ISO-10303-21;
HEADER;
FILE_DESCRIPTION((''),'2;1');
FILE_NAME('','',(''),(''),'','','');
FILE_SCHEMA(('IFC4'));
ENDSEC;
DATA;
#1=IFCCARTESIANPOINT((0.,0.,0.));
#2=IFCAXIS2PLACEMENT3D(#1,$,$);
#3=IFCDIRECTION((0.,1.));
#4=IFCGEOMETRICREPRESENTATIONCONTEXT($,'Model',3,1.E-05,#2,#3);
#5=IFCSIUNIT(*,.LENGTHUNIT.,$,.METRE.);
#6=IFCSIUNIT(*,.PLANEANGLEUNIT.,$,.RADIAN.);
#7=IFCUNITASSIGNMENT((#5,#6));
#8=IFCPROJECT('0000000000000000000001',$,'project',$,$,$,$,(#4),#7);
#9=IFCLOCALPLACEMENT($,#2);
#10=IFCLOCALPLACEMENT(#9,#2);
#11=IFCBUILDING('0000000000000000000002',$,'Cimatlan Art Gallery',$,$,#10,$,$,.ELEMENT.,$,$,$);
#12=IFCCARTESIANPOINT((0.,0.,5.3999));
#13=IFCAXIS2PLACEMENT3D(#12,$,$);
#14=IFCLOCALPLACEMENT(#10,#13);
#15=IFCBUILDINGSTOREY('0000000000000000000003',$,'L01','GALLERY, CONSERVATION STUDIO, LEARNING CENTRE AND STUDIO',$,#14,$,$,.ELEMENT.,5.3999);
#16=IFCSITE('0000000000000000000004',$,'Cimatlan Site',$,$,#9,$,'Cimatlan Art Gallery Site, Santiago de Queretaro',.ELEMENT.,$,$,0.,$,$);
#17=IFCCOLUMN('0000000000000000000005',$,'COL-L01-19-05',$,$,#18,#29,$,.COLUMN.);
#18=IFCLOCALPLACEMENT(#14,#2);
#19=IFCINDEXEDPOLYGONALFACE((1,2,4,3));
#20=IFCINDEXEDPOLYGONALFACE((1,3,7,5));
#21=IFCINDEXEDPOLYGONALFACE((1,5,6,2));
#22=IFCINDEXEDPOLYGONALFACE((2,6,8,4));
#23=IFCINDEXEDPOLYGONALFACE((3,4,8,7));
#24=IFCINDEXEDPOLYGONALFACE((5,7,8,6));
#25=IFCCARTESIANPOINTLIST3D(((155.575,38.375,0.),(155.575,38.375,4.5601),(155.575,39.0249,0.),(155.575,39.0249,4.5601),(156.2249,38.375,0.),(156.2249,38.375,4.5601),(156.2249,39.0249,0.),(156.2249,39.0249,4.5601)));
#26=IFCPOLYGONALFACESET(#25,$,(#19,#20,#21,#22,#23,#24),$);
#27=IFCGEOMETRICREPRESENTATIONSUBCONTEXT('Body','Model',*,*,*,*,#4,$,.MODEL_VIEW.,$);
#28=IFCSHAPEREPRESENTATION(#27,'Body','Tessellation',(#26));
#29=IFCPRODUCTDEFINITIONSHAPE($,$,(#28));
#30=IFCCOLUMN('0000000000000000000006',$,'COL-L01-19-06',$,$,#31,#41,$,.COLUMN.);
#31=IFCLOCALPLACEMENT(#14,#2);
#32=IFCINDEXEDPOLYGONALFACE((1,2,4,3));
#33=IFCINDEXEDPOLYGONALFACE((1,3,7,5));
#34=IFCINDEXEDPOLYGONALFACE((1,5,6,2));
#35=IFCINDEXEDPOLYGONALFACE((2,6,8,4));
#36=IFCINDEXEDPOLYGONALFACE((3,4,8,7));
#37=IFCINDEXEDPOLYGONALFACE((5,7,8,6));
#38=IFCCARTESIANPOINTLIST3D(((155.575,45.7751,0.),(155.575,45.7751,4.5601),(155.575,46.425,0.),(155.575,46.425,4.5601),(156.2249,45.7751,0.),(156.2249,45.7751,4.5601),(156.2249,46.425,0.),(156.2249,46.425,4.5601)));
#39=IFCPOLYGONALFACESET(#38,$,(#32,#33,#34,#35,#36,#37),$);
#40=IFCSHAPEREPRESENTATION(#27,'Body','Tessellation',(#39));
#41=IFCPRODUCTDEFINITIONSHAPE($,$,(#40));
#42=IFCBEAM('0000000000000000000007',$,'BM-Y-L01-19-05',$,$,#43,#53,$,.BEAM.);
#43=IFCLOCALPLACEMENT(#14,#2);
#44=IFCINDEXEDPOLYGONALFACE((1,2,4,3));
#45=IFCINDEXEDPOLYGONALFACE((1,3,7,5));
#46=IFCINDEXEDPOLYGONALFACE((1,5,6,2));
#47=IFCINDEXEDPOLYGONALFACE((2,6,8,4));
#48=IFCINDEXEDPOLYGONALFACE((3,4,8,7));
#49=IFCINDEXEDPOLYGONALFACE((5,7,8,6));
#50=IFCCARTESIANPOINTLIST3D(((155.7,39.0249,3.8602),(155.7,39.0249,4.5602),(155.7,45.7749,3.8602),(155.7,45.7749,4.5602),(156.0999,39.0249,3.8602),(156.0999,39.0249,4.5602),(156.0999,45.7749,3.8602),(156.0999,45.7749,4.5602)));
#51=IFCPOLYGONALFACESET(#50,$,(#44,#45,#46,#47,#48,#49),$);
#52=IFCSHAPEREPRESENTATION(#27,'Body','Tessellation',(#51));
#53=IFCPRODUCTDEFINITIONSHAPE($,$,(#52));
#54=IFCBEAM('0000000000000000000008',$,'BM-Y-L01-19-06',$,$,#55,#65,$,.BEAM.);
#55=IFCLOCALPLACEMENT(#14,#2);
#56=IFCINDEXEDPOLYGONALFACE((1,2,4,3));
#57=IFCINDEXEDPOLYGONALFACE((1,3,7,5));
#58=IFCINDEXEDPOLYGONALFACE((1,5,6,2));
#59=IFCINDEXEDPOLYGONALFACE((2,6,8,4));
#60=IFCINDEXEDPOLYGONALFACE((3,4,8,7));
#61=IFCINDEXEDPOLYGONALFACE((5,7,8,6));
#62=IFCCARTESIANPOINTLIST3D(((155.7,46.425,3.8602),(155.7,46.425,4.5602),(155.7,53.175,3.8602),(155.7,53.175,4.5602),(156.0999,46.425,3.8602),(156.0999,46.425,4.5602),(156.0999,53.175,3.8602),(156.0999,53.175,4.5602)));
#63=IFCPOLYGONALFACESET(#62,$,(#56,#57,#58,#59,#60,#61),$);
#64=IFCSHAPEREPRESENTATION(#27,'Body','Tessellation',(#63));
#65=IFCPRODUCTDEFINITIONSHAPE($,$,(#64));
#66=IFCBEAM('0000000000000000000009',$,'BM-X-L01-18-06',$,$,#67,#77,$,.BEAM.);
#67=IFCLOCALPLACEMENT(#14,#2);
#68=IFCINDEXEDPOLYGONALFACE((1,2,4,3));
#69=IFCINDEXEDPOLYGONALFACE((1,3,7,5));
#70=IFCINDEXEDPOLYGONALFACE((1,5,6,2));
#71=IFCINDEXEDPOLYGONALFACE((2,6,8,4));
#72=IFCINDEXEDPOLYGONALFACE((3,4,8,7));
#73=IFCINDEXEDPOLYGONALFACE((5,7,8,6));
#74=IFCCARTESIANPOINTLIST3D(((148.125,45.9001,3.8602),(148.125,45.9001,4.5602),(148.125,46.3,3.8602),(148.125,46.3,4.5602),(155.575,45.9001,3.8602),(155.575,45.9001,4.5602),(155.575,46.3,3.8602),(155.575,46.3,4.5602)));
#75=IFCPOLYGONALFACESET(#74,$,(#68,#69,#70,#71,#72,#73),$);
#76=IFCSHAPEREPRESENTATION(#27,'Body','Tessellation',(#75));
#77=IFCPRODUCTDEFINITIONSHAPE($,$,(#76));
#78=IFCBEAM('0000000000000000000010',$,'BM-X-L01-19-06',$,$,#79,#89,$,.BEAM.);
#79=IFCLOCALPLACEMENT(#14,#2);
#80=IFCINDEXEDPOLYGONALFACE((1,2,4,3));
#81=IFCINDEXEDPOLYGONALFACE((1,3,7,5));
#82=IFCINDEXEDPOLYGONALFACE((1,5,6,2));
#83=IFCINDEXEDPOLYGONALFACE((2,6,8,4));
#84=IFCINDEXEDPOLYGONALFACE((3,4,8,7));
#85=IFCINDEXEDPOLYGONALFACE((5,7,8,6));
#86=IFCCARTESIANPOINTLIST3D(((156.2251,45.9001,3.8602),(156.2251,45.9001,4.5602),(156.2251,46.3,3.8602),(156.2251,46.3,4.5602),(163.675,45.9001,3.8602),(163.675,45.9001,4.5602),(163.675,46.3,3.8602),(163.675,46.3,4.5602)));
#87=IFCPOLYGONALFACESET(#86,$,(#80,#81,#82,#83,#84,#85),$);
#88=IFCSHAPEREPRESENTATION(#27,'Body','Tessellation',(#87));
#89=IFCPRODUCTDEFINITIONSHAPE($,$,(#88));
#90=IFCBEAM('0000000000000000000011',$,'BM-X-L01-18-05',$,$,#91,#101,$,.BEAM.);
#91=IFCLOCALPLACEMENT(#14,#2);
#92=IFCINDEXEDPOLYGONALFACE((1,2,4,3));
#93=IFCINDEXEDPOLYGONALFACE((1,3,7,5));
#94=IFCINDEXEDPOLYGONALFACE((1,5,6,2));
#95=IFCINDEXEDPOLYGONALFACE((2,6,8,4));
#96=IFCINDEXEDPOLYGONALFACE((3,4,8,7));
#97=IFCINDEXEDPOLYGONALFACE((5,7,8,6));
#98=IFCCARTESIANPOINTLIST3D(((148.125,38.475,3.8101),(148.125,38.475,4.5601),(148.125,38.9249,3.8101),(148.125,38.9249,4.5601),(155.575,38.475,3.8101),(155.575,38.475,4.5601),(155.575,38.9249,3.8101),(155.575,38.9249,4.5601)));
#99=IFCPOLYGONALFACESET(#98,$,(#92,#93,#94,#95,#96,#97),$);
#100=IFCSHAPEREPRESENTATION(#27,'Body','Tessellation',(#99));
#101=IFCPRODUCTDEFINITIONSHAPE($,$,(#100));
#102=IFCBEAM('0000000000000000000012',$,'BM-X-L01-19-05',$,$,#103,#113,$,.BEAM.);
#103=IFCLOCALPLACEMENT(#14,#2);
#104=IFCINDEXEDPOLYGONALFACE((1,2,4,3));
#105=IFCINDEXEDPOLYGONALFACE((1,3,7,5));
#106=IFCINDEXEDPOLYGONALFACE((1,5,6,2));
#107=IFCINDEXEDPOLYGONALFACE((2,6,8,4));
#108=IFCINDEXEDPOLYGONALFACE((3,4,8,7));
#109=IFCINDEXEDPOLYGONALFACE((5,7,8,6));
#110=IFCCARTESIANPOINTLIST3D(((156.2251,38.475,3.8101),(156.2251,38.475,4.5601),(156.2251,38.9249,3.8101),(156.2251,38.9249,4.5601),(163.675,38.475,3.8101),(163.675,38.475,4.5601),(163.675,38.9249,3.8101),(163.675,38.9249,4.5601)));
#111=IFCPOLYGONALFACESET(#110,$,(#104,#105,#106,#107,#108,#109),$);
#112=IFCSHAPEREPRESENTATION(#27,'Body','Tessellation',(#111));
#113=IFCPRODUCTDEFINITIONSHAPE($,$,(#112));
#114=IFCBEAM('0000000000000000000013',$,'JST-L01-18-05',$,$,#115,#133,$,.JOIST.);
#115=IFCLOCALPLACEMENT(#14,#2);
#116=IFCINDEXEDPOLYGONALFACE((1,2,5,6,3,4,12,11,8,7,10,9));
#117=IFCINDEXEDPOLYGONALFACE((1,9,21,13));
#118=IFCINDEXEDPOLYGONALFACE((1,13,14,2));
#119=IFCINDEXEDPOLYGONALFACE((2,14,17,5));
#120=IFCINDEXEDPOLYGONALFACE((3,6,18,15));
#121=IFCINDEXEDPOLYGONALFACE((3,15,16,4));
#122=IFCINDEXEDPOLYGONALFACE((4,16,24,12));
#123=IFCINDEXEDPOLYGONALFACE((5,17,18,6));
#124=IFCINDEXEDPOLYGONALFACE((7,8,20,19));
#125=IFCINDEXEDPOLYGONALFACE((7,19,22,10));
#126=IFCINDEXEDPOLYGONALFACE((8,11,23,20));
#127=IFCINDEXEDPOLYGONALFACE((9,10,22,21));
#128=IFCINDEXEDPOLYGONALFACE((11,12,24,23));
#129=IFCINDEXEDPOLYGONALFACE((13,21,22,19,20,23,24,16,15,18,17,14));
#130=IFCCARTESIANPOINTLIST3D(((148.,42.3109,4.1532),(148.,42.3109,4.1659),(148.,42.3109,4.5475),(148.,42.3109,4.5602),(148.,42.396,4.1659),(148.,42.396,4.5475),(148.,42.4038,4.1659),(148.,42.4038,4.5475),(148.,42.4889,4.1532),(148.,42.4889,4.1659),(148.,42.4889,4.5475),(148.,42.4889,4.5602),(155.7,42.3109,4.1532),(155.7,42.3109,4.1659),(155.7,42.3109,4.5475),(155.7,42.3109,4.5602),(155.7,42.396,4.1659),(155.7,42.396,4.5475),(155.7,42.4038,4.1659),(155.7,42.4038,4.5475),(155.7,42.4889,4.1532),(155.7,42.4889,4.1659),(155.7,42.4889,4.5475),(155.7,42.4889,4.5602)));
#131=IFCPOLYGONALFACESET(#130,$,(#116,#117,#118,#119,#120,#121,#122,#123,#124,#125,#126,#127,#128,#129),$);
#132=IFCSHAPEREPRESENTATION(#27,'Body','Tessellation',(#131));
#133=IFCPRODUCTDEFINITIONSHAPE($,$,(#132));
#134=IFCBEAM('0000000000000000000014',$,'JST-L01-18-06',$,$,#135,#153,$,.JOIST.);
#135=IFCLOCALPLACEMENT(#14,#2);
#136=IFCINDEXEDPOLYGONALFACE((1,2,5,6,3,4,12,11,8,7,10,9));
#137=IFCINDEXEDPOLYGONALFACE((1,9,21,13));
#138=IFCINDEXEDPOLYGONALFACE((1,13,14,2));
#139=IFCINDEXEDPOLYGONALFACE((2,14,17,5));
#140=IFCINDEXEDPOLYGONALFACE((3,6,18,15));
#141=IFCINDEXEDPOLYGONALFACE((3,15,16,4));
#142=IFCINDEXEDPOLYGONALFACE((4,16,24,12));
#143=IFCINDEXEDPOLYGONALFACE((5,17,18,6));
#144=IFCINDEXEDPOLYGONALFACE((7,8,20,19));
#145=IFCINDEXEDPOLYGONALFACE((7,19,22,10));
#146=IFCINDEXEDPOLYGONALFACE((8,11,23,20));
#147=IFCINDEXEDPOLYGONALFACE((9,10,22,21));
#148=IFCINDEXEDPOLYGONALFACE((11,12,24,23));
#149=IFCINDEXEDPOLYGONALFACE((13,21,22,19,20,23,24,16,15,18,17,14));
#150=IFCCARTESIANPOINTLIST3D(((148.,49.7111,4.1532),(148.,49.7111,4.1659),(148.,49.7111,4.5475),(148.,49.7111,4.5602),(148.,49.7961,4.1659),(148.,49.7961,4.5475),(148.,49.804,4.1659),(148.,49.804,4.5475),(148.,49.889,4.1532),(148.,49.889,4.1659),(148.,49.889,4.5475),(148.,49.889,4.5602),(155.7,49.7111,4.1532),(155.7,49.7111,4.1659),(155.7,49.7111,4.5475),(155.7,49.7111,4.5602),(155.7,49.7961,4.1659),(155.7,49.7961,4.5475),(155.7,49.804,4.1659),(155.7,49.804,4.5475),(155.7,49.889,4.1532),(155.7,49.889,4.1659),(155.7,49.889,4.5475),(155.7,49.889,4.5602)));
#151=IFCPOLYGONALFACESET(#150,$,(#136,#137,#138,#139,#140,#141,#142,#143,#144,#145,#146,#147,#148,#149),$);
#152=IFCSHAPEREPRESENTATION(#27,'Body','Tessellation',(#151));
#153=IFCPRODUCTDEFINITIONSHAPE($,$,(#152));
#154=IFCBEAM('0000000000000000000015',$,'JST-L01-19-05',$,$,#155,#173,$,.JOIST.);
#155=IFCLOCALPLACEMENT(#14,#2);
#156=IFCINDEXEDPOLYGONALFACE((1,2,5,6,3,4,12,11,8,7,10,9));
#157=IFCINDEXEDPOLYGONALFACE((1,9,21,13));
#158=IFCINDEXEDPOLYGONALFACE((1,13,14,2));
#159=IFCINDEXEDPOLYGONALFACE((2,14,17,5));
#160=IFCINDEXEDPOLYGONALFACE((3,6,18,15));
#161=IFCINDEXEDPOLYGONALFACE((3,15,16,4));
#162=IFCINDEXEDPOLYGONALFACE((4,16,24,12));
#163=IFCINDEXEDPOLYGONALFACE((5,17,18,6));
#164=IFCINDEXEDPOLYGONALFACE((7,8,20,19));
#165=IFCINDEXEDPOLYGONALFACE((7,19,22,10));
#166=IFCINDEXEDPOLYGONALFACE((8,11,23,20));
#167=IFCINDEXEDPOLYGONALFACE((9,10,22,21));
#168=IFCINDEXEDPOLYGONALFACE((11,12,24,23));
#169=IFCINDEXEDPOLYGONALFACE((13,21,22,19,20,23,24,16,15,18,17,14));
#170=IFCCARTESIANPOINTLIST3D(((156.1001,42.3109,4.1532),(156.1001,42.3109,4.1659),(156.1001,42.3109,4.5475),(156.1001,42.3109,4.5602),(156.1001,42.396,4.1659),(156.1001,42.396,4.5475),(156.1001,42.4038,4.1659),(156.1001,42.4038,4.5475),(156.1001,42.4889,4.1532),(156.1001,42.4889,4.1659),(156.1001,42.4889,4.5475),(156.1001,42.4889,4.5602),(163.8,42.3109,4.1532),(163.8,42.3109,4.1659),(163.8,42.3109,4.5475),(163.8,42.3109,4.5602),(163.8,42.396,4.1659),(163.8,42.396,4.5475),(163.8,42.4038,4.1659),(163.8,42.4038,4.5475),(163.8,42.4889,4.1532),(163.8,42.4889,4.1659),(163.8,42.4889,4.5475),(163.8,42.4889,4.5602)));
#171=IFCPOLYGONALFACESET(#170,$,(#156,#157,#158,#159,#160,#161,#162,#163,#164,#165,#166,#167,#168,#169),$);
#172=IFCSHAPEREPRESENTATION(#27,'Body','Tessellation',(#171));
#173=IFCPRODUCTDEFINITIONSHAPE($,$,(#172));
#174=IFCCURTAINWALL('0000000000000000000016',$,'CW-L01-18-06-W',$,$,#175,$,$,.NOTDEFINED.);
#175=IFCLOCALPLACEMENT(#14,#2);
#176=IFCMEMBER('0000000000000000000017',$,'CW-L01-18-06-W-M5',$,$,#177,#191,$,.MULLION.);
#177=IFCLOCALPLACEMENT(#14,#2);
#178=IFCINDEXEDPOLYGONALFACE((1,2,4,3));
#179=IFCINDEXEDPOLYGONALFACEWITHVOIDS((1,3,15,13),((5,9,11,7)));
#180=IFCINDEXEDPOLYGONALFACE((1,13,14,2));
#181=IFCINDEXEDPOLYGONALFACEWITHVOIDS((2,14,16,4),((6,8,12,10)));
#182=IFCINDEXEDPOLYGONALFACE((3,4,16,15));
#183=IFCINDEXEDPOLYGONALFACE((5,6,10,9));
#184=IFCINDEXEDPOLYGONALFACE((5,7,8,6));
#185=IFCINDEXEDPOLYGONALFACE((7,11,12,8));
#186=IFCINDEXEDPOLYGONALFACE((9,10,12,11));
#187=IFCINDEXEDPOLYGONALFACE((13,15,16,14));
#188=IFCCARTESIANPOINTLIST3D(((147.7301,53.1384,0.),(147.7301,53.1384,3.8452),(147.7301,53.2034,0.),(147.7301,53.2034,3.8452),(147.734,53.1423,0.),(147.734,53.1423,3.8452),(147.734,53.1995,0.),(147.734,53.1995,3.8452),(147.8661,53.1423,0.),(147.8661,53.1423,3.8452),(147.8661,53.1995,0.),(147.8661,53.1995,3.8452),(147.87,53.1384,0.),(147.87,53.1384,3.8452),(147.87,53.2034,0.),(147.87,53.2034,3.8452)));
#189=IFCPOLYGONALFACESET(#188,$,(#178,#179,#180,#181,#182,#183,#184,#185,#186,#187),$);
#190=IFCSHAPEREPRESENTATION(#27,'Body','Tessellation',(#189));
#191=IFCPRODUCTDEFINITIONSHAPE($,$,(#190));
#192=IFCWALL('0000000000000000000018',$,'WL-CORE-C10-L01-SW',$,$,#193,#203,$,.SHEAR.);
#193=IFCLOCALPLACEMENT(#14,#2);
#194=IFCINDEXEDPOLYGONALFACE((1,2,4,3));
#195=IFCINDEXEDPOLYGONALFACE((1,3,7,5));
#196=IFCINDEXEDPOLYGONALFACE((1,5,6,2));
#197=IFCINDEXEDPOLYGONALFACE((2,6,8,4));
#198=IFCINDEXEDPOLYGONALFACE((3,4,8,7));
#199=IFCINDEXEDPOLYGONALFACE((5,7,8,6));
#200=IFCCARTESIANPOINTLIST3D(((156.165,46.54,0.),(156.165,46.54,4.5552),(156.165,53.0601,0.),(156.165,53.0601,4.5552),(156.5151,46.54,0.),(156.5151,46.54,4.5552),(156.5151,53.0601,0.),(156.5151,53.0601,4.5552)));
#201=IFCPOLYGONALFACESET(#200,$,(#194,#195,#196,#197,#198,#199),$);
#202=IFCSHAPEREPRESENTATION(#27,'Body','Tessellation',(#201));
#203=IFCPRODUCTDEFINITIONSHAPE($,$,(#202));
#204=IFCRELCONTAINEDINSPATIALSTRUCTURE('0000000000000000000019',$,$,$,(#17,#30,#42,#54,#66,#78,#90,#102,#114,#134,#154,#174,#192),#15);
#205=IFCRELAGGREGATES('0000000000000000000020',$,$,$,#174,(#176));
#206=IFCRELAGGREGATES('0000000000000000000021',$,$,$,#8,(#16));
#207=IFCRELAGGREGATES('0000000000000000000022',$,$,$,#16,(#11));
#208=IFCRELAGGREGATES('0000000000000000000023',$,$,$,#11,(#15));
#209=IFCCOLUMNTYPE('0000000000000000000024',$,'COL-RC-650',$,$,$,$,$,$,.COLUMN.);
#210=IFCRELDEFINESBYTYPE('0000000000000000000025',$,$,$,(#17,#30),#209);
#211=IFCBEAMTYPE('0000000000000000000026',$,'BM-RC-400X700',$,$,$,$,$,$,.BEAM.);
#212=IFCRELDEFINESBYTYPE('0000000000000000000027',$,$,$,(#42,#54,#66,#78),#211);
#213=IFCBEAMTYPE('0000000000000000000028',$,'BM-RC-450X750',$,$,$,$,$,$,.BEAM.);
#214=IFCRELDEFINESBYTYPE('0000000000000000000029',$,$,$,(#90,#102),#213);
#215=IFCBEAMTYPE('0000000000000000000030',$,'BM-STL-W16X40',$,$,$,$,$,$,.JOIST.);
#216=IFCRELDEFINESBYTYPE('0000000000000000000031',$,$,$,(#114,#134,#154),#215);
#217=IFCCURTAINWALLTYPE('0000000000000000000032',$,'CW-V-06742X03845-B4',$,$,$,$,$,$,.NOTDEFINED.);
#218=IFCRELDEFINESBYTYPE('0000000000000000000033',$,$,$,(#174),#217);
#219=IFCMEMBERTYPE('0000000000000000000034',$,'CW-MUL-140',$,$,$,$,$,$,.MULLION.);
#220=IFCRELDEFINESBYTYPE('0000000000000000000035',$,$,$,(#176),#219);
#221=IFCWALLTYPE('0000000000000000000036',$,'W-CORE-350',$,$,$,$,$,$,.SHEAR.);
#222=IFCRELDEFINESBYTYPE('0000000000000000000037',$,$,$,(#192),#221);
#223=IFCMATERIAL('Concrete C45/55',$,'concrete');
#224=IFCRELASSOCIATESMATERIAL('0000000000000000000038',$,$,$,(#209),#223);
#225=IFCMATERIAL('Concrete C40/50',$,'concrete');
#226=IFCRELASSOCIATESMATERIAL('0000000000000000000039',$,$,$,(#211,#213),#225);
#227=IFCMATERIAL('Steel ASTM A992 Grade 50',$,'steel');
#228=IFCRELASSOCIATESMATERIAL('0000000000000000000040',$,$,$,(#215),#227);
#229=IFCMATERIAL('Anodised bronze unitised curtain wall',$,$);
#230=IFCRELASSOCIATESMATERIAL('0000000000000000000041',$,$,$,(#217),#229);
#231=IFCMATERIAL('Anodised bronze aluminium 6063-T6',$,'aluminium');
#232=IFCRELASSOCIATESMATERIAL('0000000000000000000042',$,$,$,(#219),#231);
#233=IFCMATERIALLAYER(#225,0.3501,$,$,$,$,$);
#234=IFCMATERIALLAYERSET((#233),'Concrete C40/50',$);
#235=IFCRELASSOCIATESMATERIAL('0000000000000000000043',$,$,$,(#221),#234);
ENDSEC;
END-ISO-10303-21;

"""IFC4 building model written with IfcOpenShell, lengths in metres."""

from ifc_helpers import new_model, si_unit, direction, frame, frame_2d, origin, origin_2d, place, context, subcontext, project, spatial, rectangle, hollow_rectangle, i_section, extrude, material, layer, layer_set, material_profile, profile_set, type_object, element, aggregate, save


model = new_model("IFC4")

# Units and contexts
model_context = context("Model", 3, precision=1e-05, world=origin(), true_north=direction((0.0, 1.0)))
body_context = subcontext(model_context, "Body", "Model", "MODEL_VIEW")
ifc_project = project(units=[si_unit("LENGTHUNIT", "METRE"), si_unit("PLANEANGLEUNIT", "RADIAN")], contexts=[model_context])

# Site, building, storey
site_placement = place(None, origin())
site = spatial("IfcSite", under=ifc_project, at=site_placement, Name="Cimatlan Site", LongName="Cimatlan Art Gallery Site, Santiago de Queretaro", CompositionType="ELEMENT", RefElevation=0.0)
building_placement = place(site_placement, origin())
building = spatial("IfcBuilding", under=site, at=building_placement, Name="Cimatlan Art Gallery", CompositionType="ELEMENT")
storey_placement = place(building_placement, frame((0.0, 0.0, 5.3999)))
storey = spatial("IfcBuildingStorey", under=building, at=storey_placement, Name="L01", Description="GALLERY, CONSERVATION STUDIO, LEARNING CENTRE AND STUDIO", CompositionType="ELEMENT", Elevation=5.3999)

# Columns
ifc_material_1 = material(Name="Concrete C45/55", Category="concrete")
ifc_material_profile_1 = material_profile(ifc_material_1, rectangle(XDim=0.6499, YDim=0.6499, at=origin_2d()), Name="RC650X650")
ifc_profile_set_1 = profile_set([ifc_material_profile_1], Name="Concrete C45/55")
column_type = type_object("IfcColumnType", Name="COL-RC-650", PredefinedType="COLUMN", material=ifc_profile_set_1)
for number, where, z_axis, x_axis, name in (
    (1, (155.8999, 38.7, 0.0), (0.0, 0.0, 1.0), (1.0, 0.0, 0.0), "COL-L01-19-05"),
    (2, (155.8999, 46.1001, 0.0), (0.0, 0.0, 1.0), (1.0, 0.0, 0.0), "COL-L01-19-06"),
):
    element("IfcColumn", number, at=place(storey_placement, frame(where, z_axis=z_axis, x_axis=x_axis)), inside=storey, type_object=column_type, Name=name, PredefinedType="COLUMN", context=body_context, shape_type="SweptSolid", body=[
        extrude(rectangle(XDim=0.6499, YDim=0.6499, at=origin_2d()), origin(), (0.0, 0.0, 1.0), 4.5601),
    ])

# Beams
ifc_material_2 = material(Name="Concrete C40/50", Category="concrete")
ifc_material_profile_2 = material_profile(ifc_material_2, rectangle(XDim=0.3999, YDim=0.7, at=origin_2d()), Name="RC400X700")
ifc_profile_set_2 = profile_set([ifc_material_profile_2], Name="Concrete C40/50")
beam_type_1 = type_object("IfcBeamType", Name="BM-RC-400X700", PredefinedType="BEAM", material=ifc_profile_set_2)
for number, where, z_axis, x_axis, name in (
    (3, (155.8999, 39.0249, 4.2102), (0.0, 1.0, 0.0), (-1.0, 0.0, 0.0), "BM-Y-L01-19-05"),
    (4, (155.8999, 46.425, 4.2102), (0.0, 1.0, 0.0), (-1.0, 0.0, 0.0), "BM-Y-L01-19-06"),
):
    element("IfcBeam", number, at=place(storey_placement, frame(where, z_axis=z_axis, x_axis=x_axis)), inside=storey, type_object=beam_type_1, Name=name, PredefinedType="BEAM", context=body_context, shape_type="SweptSolid", body=[
        extrude(rectangle(XDim=0.3999, YDim=0.7, at=origin_2d()), origin(), (0.0, 0.0, 1.0), 6.75),
    ])
for number, where, z_axis, x_axis, name in (
    (5, (148.125, 46.1001, 4.2102), (1.0, 0.0, 0.0), (0.0, 1.0, 0.0), "BM-X-L01-18-06"),
    (6, (156.2251, 46.1001, 4.2102), (1.0, 0.0, 0.0), (0.0, 1.0, 0.0), "BM-X-L01-19-06"),
):
    element("IfcBeam", number, at=place(storey_placement, frame(where, z_axis=z_axis, x_axis=x_axis)), inside=storey, type_object=beam_type_1, Name=name, PredefinedType="BEAM", context=body_context, shape_type="SweptSolid", body=[
        extrude(rectangle(XDim=0.3999, YDim=0.7, at=origin_2d()), origin(), (0.0, 0.0, 1.0), 7.45),
    ])
ifc_material_profile_3 = material_profile(ifc_material_2, rectangle(XDim=0.45, YDim=0.75, at=origin_2d()), Name="RC450X750")
ifc_profile_set_3 = profile_set([ifc_material_profile_3], Name="Concrete C40/50")
beam_type_2 = type_object("IfcBeamType", Name="BM-RC-450X750", PredefinedType="BEAM", material=ifc_profile_set_3)
for number, where, z_axis, x_axis, name in (
    (7, (148.125, 38.7, 4.1851), (1.0, 0.0, 0.0), (0.0, 1.0, 0.0), "BM-X-L01-18-05"),
    (8, (156.2251, 38.7, 4.1851), (1.0, 0.0, 0.0), (0.0, 1.0, 0.0), "BM-X-L01-19-05"),
):
    element("IfcBeam", number, at=place(storey_placement, frame(where, z_axis=z_axis, x_axis=x_axis)), inside=storey, type_object=beam_type_2, Name=name, PredefinedType="BEAM", context=body_context, shape_type="SweptSolid", body=[
        extrude(rectangle(XDim=0.45, YDim=0.75, at=origin_2d()), origin(), (0.0, 0.0, 1.0), 7.45),
    ])
ifc_material_3 = material(Name="Steel ASTM A992 Grade 50", Category="steel")
ifc_material_profile_4 = material_profile(ifc_material_3, i_section(OverallWidth=0.178, OverallDepth=0.407, WebThickness=0.0078, FlangeThickness=0.0127, at=origin_2d()), Name="W16X40")
ifc_profile_set_4 = profile_set([ifc_material_profile_4], Name="Steel ASTM A992 Grade 50")
beam_type_3 = type_object("IfcBeamType", Name="BM-STL-W16X40", PredefinedType="JOIST", material=ifc_profile_set_4)
for number, where, z_axis, x_axis, name in (
    (9, (148.0, 42.3999, 4.3567), (1.0, 0.0, 0.0), (0.0, 1.0, 0.0), "JST-L01-18-05"),
    (10, (148.0, 49.8, 4.3567), (1.0, 0.0, 0.0), (0.0, 1.0, 0.0), "JST-L01-18-06"),
    (11, (156.1001, 42.3999, 4.3567), (1.0, 0.0, 0.0), (0.0, 1.0, 0.0), "JST-L01-19-05"),
):
    element("IfcBeam", number, at=place(storey_placement, frame(where, z_axis=z_axis, x_axis=x_axis)), inside=storey, type_object=beam_type_3, Name=name, PredefinedType="JOIST", context=body_context, shape_type="SweptSolid", body=[
        extrude(i_section(OverallWidth=0.178, OverallDepth=0.407, WebThickness=0.0078, FlangeThickness=0.0127, at=origin_2d()), origin(), (0.0, 0.0, 1.0), 7.7),
    ])

# Curtain wall, member
ifc_material_4 = material(Name="Anodised bronze unitised curtain wall")
curtain_wall_type = type_object("IfcCurtainWallType", Name="CW-V-06742X03845-B4", PredefinedType="NOTDEFINED", material=ifc_material_4)
curtain_wall_placement = place(storey_placement, origin())
curtain_wall = element("IfcCurtainWall", 12, at=curtain_wall_placement, inside=storey, type_object=curtain_wall_type, Name="CW-L01-18-06-W", PredefinedType="NOTDEFINED")
ifc_material_5 = material(Name="Anodised bronze aluminium 6063-T6", Category="aluminium")
ifc_material_profile_5 = material_profile(ifc_material_5, hollow_rectangle(XDim=0.0649, YDim=0.1399, WallThickness=0.0039, at=origin_2d()), Name="ALU65X140X4")
ifc_profile_set_5 = profile_set([ifc_material_profile_5], Name="Anodised bronze aluminium 6063-T6")
member_type = type_object("IfcMemberType", Name="CW-MUL-140", PredefinedType="MULLION", material=ifc_profile_set_5)
member_placement = place(storey_placement, frame((147.8, 53.1709, 0.0), z_axis=(0.0, 0.0, 1.0), x_axis=(0.0, 1.0, 0.0)))
member = element("IfcMember", 13, at=member_placement, type_object=member_type, Name="CW-L01-18-06-W-M5", PredefinedType="MULLION", context=body_context, shape_type="SweptSolid", body=[
    extrude(hollow_rectangle(XDim=0.0649, YDim=0.1399, WallThickness=0.0039, at=origin_2d()), origin(), (0.0, 0.0, 1.0), 3.8452),
])
aggregate(curtain_wall, [member])

# Wall
ifc_layer_1 = layer(ifc_material_2, 0.3501)
ifc_layer_set_1 = layer_set([ifc_layer_1], Name="Concrete C40/50")
wall_type_1 = type_object("IfcWallType", Name="W-CORE-350", PredefinedType="SHEAR", material=ifc_layer_set_1)
wall_1_placement = place(storey_placement, frame((156.3401, 46.54, 0.0), z_axis=(0.0, 0.0, 1.0), x_axis=(0.0, 1.0, 0.0)))
element("IfcWall", 14, at=wall_1_placement, inside=storey, type_object=wall_type_1, Name="WL-CORE-C10-L01-SW", PredefinedType="SHEAR", context=body_context, shape_type="SweptSolid", body=[
    extrude(rectangle(XDim=6.52, YDim=0.3501, at=frame_2d((3.26, 0.0))), origin(), (0.0, 0.0, 1.0), 4.5552),
])

save(model, "model.ifc")
